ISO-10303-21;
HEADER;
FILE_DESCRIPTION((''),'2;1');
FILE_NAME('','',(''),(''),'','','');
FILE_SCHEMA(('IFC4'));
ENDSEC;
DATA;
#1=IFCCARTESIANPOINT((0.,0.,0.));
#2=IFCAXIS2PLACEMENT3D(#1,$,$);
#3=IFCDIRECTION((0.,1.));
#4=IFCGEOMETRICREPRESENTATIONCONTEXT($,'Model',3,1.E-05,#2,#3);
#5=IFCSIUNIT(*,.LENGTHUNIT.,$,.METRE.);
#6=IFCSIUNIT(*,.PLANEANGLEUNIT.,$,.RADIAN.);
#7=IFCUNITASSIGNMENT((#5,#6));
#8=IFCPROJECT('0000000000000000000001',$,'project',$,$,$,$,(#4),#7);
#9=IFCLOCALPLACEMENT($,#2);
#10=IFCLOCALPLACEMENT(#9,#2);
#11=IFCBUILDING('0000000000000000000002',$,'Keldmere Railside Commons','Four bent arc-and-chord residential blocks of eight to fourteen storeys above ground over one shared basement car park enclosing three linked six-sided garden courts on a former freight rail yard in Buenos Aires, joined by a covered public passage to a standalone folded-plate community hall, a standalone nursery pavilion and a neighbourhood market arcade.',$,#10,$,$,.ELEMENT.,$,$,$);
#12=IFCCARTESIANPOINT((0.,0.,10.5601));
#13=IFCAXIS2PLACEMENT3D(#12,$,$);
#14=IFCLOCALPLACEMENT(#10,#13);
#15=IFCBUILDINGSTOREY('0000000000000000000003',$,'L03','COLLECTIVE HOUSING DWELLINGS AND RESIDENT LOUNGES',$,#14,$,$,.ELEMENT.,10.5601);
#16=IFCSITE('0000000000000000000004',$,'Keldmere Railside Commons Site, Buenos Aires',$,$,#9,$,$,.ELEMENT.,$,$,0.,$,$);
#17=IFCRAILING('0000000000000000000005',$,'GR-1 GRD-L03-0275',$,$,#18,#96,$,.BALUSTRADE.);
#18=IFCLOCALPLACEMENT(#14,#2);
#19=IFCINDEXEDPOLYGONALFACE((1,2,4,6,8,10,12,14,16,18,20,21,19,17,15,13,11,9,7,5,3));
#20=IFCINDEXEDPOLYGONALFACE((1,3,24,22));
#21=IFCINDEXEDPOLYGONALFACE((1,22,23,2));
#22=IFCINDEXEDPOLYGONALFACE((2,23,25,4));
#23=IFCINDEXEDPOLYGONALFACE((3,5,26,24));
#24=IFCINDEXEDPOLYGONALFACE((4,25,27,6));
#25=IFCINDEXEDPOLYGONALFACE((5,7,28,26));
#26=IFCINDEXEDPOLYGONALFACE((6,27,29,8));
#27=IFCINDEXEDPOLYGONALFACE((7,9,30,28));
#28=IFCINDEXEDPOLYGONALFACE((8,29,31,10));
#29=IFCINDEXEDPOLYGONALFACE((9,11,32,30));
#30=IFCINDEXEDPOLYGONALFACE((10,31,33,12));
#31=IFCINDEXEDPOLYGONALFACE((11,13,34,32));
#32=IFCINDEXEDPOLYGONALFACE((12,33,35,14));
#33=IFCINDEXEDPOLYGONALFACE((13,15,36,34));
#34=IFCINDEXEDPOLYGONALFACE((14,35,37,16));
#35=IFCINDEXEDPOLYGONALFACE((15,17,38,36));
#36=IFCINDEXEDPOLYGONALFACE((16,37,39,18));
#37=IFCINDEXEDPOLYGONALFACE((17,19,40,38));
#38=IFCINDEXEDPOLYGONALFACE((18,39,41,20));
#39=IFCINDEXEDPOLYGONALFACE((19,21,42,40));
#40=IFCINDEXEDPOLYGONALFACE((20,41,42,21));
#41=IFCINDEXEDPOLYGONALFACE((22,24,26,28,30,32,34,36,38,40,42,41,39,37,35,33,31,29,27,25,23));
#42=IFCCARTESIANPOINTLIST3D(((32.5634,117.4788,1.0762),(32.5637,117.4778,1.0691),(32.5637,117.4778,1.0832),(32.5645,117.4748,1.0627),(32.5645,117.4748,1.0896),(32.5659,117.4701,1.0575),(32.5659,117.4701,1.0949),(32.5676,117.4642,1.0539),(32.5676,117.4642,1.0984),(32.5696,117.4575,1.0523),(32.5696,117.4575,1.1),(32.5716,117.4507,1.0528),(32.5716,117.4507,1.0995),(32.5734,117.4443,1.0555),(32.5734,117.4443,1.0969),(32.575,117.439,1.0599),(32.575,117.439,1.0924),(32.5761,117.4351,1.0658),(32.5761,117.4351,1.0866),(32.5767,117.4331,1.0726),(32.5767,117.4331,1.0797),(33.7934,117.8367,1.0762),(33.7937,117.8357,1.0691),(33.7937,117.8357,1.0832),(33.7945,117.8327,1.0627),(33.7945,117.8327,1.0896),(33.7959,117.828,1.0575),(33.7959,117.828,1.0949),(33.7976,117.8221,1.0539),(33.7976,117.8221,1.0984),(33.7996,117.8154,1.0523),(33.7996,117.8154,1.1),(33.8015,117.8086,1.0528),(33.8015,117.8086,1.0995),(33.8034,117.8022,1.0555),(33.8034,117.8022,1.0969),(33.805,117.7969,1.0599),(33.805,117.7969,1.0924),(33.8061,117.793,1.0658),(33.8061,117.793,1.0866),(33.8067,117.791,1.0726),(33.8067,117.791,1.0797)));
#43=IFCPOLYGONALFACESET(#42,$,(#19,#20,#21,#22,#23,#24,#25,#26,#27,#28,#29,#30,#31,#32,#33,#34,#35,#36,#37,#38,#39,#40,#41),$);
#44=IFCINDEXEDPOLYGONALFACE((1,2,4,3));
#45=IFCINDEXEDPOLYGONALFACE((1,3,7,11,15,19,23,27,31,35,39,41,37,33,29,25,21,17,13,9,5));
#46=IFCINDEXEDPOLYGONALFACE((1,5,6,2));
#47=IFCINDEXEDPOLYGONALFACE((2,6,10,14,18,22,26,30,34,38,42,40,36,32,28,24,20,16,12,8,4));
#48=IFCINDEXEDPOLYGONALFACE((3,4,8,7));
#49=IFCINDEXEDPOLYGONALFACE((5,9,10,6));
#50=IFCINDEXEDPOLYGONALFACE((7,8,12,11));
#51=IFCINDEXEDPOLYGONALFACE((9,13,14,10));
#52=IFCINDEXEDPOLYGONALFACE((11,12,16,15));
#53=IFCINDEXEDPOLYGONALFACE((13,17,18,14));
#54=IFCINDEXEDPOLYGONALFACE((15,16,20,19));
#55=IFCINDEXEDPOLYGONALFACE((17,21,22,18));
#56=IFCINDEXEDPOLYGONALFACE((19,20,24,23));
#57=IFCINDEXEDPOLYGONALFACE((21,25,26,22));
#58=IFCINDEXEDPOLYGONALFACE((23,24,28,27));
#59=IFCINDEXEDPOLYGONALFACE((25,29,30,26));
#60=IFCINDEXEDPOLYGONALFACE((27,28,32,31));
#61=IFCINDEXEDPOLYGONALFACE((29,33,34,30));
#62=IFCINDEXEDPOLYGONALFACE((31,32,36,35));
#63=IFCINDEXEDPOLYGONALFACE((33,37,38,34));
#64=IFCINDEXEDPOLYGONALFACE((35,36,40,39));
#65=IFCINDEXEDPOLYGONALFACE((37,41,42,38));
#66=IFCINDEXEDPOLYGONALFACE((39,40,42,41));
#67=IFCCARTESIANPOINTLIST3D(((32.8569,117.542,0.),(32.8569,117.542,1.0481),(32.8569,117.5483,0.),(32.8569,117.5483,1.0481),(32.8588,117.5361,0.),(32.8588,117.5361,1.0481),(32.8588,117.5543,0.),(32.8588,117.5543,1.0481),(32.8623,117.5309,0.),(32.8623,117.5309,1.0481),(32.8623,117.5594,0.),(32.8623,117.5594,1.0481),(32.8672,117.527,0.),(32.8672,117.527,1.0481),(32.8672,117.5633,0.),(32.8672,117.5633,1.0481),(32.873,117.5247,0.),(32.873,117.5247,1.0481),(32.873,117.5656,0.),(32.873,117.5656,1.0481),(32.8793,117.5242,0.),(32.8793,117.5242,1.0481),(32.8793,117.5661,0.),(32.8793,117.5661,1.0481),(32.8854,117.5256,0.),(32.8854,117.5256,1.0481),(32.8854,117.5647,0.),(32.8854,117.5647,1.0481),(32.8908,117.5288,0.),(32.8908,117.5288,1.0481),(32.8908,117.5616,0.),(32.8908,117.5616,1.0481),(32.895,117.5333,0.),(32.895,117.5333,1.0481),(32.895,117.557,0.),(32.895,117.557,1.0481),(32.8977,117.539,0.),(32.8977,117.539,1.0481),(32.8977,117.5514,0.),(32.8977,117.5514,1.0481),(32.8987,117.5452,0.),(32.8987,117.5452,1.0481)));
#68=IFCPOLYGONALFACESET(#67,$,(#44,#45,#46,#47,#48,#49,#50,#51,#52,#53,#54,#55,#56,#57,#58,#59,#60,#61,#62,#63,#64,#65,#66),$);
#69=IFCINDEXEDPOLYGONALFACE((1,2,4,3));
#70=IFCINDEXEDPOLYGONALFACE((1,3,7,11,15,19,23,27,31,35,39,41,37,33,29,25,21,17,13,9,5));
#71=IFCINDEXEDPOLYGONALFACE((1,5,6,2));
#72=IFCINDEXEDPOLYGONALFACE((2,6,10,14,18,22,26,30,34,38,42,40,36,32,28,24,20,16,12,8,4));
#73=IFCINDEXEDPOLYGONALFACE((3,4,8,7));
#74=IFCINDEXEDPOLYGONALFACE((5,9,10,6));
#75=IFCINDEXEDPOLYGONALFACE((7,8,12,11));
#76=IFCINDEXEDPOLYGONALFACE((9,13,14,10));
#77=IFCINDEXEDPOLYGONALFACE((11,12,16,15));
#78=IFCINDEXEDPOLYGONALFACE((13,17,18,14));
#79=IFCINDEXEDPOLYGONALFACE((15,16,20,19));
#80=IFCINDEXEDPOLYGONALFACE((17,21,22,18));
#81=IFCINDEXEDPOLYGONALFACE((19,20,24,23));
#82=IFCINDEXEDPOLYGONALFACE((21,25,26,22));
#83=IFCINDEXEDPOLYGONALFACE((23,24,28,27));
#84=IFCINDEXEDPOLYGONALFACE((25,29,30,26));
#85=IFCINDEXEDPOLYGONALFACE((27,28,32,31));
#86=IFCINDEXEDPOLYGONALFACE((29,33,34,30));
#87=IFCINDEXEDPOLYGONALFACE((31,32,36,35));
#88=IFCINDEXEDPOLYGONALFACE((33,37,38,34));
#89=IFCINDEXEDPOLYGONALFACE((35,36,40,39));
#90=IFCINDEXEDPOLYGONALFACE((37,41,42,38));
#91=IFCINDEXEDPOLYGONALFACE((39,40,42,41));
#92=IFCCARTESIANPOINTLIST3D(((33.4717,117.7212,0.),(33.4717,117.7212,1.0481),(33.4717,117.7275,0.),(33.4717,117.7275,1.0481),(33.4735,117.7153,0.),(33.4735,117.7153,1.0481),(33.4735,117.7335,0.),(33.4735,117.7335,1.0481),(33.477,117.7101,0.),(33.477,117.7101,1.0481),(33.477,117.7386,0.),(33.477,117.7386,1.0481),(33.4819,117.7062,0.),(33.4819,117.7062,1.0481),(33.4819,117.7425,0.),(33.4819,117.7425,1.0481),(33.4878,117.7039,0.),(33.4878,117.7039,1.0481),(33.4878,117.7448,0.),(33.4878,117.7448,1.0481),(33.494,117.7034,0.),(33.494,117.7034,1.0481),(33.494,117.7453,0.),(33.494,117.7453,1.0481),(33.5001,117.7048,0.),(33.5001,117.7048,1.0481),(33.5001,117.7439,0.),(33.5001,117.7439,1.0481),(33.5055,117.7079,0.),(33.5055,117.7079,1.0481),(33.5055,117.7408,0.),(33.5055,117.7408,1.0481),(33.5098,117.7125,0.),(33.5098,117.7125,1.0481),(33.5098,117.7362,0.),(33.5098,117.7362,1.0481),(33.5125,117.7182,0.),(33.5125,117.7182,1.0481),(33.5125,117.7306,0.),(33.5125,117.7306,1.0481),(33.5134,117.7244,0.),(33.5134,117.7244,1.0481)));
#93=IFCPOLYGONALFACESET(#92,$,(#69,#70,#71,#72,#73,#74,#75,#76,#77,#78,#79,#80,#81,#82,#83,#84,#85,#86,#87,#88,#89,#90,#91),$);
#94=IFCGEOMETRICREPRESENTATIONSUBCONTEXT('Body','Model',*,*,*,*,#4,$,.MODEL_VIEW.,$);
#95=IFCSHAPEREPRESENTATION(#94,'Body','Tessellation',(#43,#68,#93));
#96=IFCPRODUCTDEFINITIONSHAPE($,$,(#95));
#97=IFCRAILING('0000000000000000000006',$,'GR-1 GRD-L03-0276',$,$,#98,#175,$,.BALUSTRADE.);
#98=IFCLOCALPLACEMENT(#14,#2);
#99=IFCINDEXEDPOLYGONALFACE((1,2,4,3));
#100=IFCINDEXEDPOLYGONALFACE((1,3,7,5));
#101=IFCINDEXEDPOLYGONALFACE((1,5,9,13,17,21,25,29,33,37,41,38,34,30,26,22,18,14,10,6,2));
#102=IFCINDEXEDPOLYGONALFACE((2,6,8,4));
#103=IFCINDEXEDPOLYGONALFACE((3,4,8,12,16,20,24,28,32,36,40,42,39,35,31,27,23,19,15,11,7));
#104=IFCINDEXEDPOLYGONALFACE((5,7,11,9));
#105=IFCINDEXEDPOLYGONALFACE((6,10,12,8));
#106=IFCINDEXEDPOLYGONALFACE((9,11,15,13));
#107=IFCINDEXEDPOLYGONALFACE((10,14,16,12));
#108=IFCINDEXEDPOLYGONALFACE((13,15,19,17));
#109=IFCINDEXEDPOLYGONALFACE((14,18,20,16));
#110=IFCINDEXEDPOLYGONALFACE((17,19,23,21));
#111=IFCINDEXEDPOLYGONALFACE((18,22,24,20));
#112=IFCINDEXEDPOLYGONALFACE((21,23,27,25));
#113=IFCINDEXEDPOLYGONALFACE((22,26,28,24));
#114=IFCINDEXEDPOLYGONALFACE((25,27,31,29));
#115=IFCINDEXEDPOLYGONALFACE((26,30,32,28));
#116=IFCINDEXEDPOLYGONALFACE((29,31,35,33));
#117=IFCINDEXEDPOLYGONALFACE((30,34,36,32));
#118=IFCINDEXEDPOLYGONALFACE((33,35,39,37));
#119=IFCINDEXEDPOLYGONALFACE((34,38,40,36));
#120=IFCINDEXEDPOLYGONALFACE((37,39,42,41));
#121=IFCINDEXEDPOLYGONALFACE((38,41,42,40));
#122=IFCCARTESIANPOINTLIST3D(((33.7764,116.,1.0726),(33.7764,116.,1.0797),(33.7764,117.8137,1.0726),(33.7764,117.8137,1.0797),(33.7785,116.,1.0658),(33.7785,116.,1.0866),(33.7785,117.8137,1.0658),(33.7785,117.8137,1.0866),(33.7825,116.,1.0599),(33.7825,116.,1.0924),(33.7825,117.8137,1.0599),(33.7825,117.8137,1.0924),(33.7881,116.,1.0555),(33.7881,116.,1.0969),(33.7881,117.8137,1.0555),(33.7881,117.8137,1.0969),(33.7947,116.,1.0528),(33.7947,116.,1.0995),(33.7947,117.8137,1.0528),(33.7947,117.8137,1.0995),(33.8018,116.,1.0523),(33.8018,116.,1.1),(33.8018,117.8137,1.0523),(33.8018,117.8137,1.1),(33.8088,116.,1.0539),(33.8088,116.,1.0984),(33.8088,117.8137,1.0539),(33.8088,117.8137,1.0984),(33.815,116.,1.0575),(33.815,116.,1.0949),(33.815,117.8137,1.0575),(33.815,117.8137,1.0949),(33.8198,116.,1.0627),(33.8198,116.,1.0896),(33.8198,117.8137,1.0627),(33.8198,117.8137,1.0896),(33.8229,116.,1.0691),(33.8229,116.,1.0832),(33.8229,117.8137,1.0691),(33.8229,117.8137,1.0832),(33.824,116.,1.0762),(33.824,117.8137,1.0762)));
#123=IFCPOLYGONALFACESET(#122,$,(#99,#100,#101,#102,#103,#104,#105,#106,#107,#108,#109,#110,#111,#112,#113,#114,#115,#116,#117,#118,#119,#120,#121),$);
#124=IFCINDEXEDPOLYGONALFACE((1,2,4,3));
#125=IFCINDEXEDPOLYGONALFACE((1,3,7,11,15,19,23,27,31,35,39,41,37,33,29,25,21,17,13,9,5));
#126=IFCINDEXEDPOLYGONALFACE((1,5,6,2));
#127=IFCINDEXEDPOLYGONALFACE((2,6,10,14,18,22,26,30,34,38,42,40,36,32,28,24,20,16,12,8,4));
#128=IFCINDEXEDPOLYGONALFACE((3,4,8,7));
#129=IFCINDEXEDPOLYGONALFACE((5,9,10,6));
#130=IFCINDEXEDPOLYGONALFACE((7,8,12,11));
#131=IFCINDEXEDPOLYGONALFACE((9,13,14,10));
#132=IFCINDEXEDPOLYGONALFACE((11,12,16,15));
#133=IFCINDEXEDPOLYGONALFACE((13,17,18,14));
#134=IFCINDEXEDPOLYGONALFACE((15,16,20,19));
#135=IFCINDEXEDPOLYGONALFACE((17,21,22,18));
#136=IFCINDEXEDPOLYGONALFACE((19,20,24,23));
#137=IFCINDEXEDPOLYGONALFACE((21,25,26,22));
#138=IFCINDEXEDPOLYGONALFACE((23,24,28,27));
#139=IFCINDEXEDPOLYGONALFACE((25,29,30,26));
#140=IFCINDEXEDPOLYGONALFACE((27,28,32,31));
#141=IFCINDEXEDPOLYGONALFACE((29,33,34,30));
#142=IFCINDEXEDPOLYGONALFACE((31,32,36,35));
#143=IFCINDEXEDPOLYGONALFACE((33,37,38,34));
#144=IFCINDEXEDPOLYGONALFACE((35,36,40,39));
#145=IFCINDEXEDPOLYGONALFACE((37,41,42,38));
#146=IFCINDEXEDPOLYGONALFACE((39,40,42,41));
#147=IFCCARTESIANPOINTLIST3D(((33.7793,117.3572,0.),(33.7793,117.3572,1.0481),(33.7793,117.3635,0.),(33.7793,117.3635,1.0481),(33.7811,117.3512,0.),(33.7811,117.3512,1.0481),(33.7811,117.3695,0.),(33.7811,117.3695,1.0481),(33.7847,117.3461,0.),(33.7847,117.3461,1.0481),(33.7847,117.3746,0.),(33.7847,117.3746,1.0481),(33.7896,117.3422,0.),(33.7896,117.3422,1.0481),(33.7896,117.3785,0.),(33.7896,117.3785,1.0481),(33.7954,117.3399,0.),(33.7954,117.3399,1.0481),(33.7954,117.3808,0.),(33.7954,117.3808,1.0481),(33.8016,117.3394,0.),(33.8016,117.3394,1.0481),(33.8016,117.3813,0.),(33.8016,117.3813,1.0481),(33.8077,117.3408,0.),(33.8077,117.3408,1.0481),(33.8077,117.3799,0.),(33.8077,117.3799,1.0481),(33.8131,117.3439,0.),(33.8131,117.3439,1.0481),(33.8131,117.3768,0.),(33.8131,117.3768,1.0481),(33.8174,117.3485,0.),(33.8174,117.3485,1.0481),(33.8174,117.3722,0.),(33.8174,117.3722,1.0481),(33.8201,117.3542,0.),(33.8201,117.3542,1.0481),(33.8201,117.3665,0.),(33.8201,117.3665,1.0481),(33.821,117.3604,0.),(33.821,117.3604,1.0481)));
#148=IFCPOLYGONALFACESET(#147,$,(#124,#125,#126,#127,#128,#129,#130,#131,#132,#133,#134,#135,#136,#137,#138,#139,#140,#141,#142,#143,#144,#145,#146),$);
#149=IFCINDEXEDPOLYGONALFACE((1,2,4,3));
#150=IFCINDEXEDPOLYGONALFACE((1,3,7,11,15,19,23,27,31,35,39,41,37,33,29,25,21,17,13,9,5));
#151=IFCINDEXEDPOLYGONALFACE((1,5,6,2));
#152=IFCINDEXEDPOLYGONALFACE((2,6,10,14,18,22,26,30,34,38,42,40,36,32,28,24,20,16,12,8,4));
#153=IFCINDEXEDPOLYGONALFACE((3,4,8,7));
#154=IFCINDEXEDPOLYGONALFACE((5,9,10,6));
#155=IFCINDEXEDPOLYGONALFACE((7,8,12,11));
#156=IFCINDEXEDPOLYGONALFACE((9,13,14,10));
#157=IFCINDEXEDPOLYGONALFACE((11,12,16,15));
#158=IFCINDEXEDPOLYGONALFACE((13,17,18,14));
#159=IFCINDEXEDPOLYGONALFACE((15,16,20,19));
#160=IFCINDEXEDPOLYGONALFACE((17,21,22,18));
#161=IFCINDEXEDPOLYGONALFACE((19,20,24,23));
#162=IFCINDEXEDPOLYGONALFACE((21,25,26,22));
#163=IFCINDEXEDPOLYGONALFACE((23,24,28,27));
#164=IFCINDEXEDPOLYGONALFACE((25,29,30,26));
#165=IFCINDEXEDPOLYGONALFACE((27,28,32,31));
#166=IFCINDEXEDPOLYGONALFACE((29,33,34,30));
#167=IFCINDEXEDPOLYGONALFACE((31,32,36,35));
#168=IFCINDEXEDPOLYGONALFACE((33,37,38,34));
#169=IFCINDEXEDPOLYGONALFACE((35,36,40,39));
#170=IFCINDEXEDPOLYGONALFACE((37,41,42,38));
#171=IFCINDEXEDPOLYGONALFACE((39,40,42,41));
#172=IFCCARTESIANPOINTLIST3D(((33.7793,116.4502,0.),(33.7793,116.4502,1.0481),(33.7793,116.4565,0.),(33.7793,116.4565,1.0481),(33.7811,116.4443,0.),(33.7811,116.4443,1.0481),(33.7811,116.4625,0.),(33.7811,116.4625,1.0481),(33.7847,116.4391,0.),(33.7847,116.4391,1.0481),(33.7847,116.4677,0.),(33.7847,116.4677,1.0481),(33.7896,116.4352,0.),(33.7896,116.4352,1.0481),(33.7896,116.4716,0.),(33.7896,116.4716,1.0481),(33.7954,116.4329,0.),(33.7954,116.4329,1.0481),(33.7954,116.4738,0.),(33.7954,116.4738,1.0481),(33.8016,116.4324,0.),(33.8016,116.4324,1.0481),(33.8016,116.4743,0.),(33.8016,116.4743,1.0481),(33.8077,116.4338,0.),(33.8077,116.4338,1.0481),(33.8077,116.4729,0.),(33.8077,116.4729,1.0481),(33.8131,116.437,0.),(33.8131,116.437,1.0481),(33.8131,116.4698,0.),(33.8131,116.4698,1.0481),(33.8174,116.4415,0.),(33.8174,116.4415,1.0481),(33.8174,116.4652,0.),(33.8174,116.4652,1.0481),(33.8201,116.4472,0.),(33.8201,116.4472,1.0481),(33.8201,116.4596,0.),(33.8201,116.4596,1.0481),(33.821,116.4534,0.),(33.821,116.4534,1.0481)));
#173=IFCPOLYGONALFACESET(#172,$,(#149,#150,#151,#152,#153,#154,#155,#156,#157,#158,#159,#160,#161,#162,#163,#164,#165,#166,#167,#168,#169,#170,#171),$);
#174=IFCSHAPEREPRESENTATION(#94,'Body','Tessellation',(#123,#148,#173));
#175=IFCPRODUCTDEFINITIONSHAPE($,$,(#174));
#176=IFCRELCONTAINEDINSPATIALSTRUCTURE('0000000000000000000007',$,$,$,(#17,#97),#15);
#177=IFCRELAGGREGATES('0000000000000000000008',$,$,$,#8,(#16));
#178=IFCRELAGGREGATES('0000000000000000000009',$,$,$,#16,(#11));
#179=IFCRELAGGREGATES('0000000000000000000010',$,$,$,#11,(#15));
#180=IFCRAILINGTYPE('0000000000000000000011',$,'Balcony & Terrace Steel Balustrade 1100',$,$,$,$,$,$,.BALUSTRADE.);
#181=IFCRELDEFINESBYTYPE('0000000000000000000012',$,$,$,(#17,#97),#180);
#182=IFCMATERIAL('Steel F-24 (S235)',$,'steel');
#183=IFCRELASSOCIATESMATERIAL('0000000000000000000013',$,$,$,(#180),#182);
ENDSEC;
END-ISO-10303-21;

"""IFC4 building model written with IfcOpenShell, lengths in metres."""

from ifc_helpers import new_model, si_unit, direction, frame, origin, origin_2d, place, context, subcontext, project, spatial, circle, extrude, material, type_object, element, save


model = new_model("IFC4")

# Units and contexts
model_context = context("Model", 3, precision=1e-05, world=origin(), true_north=direction((0.0, 1.0)))
body_context = subcontext(model_context, "Body", "Model", "MODEL_VIEW")
ifc_project = project(units=[si_unit("LENGTHUNIT", "METRE"), si_unit("PLANEANGLEUNIT", "RADIAN")], contexts=[model_context])

# Site, building, storey
site_placement = place(None, origin())
site = spatial("IfcSite", under=ifc_project, at=site_placement, Name="Keldmere Railside Commons Site, Buenos Aires", CompositionType="ELEMENT", RefElevation=0.0)
building_placement = place(site_placement, origin())
building = spatial("IfcBuilding", under=site, at=building_placement, Name="Keldmere Railside Commons", Description="Four bent arc-and-chord residential blocks of eight to fourteen storeys above ground over one shared basement car park enclosing three linked six-sided garden courts on a former freight rail yard in Buenos Aires, joined by a covered public passage to a standalone folded-plate community hall, a standalone nursery pavilion and a neighbourhood market arcade.", CompositionType="ELEMENT")
storey_placement = place(building_placement, frame((0.0, 0.0, 10.5601)))
storey = spatial("IfcBuildingStorey", under=building, at=storey_placement, Name="L03", Description="COLLECTIVE HOUSING DWELLINGS AND RESIDENT LOUNGES", CompositionType="ELEMENT", Elevation=10.5601)

# Railings
ifc_material_1 = material(Name="Steel F-24 (S235)", Category="steel")
railing_type = type_object("IfcRailingType", Name="Balcony & Terrace Steel Balustrade 1100", PredefinedType="BALUSTRADE", material=ifc_material_1)
railing_1_placement = place(storey_placement, frame((32.5701, 117.4558, 0.0)))
element("IfcRailing", 1, at=railing_1_placement, inside=storey, type_object=railing_type, Name="GR-1 GRD-L03-0275", PredefinedType="BALUSTRADE", context=body_context, shape_type="SweptSolid", body=[
    extrude(circle(Radius=0.0239, at=origin_2d()), frame((0.0, 0.0, 1.0762), z_axis=(0.960175, 0.2794, 0.0), x_axis=(-0.2794, 0.960175, 0.0)), (0.0, 0.0, 1.0), 1.281),
    extrude(circle(Radius=0.021, at=origin_2d()), frame((0.3076, 0.0894, 0.0)), (0.0, 0.0, 1.0), 1.0481),
    extrude(circle(Radius=0.021, at=origin_2d()), frame((0.9224, 0.2686, 0.0)), (0.0, 0.0, 1.0), 1.0481),
])
railing_2_placement = place(storey_placement, frame((33.8, 117.8137, 0.0)))
element("IfcRailing", 2, at=railing_2_placement, inside=storey, type_object=railing_type, Name="GR-1 GRD-L03-0276", PredefinedType="BALUSTRADE", context=body_context, shape_type="SweptSolid", body=[
    extrude(circle(Radius=0.0239, at=origin_2d()), frame((0.0, 0.0, 1.0762), z_axis=(0.0, -1.0, 0.0), x_axis=(1.0, 0.0, 0.0)), (0.0, 0.0, 1.0), 1.8137),
    extrude(circle(Radius=0.021, at=origin_2d()), frame((0.0, -0.4534, 0.0)), (0.0, 0.0, 1.0), 1.0481),
    extrude(circle(Radius=0.021, at=origin_2d()), frame((0.0, -1.3604, 0.0)), (0.0, 0.0, 1.0), 1.0481),
])

save(model, "model.ifc")
